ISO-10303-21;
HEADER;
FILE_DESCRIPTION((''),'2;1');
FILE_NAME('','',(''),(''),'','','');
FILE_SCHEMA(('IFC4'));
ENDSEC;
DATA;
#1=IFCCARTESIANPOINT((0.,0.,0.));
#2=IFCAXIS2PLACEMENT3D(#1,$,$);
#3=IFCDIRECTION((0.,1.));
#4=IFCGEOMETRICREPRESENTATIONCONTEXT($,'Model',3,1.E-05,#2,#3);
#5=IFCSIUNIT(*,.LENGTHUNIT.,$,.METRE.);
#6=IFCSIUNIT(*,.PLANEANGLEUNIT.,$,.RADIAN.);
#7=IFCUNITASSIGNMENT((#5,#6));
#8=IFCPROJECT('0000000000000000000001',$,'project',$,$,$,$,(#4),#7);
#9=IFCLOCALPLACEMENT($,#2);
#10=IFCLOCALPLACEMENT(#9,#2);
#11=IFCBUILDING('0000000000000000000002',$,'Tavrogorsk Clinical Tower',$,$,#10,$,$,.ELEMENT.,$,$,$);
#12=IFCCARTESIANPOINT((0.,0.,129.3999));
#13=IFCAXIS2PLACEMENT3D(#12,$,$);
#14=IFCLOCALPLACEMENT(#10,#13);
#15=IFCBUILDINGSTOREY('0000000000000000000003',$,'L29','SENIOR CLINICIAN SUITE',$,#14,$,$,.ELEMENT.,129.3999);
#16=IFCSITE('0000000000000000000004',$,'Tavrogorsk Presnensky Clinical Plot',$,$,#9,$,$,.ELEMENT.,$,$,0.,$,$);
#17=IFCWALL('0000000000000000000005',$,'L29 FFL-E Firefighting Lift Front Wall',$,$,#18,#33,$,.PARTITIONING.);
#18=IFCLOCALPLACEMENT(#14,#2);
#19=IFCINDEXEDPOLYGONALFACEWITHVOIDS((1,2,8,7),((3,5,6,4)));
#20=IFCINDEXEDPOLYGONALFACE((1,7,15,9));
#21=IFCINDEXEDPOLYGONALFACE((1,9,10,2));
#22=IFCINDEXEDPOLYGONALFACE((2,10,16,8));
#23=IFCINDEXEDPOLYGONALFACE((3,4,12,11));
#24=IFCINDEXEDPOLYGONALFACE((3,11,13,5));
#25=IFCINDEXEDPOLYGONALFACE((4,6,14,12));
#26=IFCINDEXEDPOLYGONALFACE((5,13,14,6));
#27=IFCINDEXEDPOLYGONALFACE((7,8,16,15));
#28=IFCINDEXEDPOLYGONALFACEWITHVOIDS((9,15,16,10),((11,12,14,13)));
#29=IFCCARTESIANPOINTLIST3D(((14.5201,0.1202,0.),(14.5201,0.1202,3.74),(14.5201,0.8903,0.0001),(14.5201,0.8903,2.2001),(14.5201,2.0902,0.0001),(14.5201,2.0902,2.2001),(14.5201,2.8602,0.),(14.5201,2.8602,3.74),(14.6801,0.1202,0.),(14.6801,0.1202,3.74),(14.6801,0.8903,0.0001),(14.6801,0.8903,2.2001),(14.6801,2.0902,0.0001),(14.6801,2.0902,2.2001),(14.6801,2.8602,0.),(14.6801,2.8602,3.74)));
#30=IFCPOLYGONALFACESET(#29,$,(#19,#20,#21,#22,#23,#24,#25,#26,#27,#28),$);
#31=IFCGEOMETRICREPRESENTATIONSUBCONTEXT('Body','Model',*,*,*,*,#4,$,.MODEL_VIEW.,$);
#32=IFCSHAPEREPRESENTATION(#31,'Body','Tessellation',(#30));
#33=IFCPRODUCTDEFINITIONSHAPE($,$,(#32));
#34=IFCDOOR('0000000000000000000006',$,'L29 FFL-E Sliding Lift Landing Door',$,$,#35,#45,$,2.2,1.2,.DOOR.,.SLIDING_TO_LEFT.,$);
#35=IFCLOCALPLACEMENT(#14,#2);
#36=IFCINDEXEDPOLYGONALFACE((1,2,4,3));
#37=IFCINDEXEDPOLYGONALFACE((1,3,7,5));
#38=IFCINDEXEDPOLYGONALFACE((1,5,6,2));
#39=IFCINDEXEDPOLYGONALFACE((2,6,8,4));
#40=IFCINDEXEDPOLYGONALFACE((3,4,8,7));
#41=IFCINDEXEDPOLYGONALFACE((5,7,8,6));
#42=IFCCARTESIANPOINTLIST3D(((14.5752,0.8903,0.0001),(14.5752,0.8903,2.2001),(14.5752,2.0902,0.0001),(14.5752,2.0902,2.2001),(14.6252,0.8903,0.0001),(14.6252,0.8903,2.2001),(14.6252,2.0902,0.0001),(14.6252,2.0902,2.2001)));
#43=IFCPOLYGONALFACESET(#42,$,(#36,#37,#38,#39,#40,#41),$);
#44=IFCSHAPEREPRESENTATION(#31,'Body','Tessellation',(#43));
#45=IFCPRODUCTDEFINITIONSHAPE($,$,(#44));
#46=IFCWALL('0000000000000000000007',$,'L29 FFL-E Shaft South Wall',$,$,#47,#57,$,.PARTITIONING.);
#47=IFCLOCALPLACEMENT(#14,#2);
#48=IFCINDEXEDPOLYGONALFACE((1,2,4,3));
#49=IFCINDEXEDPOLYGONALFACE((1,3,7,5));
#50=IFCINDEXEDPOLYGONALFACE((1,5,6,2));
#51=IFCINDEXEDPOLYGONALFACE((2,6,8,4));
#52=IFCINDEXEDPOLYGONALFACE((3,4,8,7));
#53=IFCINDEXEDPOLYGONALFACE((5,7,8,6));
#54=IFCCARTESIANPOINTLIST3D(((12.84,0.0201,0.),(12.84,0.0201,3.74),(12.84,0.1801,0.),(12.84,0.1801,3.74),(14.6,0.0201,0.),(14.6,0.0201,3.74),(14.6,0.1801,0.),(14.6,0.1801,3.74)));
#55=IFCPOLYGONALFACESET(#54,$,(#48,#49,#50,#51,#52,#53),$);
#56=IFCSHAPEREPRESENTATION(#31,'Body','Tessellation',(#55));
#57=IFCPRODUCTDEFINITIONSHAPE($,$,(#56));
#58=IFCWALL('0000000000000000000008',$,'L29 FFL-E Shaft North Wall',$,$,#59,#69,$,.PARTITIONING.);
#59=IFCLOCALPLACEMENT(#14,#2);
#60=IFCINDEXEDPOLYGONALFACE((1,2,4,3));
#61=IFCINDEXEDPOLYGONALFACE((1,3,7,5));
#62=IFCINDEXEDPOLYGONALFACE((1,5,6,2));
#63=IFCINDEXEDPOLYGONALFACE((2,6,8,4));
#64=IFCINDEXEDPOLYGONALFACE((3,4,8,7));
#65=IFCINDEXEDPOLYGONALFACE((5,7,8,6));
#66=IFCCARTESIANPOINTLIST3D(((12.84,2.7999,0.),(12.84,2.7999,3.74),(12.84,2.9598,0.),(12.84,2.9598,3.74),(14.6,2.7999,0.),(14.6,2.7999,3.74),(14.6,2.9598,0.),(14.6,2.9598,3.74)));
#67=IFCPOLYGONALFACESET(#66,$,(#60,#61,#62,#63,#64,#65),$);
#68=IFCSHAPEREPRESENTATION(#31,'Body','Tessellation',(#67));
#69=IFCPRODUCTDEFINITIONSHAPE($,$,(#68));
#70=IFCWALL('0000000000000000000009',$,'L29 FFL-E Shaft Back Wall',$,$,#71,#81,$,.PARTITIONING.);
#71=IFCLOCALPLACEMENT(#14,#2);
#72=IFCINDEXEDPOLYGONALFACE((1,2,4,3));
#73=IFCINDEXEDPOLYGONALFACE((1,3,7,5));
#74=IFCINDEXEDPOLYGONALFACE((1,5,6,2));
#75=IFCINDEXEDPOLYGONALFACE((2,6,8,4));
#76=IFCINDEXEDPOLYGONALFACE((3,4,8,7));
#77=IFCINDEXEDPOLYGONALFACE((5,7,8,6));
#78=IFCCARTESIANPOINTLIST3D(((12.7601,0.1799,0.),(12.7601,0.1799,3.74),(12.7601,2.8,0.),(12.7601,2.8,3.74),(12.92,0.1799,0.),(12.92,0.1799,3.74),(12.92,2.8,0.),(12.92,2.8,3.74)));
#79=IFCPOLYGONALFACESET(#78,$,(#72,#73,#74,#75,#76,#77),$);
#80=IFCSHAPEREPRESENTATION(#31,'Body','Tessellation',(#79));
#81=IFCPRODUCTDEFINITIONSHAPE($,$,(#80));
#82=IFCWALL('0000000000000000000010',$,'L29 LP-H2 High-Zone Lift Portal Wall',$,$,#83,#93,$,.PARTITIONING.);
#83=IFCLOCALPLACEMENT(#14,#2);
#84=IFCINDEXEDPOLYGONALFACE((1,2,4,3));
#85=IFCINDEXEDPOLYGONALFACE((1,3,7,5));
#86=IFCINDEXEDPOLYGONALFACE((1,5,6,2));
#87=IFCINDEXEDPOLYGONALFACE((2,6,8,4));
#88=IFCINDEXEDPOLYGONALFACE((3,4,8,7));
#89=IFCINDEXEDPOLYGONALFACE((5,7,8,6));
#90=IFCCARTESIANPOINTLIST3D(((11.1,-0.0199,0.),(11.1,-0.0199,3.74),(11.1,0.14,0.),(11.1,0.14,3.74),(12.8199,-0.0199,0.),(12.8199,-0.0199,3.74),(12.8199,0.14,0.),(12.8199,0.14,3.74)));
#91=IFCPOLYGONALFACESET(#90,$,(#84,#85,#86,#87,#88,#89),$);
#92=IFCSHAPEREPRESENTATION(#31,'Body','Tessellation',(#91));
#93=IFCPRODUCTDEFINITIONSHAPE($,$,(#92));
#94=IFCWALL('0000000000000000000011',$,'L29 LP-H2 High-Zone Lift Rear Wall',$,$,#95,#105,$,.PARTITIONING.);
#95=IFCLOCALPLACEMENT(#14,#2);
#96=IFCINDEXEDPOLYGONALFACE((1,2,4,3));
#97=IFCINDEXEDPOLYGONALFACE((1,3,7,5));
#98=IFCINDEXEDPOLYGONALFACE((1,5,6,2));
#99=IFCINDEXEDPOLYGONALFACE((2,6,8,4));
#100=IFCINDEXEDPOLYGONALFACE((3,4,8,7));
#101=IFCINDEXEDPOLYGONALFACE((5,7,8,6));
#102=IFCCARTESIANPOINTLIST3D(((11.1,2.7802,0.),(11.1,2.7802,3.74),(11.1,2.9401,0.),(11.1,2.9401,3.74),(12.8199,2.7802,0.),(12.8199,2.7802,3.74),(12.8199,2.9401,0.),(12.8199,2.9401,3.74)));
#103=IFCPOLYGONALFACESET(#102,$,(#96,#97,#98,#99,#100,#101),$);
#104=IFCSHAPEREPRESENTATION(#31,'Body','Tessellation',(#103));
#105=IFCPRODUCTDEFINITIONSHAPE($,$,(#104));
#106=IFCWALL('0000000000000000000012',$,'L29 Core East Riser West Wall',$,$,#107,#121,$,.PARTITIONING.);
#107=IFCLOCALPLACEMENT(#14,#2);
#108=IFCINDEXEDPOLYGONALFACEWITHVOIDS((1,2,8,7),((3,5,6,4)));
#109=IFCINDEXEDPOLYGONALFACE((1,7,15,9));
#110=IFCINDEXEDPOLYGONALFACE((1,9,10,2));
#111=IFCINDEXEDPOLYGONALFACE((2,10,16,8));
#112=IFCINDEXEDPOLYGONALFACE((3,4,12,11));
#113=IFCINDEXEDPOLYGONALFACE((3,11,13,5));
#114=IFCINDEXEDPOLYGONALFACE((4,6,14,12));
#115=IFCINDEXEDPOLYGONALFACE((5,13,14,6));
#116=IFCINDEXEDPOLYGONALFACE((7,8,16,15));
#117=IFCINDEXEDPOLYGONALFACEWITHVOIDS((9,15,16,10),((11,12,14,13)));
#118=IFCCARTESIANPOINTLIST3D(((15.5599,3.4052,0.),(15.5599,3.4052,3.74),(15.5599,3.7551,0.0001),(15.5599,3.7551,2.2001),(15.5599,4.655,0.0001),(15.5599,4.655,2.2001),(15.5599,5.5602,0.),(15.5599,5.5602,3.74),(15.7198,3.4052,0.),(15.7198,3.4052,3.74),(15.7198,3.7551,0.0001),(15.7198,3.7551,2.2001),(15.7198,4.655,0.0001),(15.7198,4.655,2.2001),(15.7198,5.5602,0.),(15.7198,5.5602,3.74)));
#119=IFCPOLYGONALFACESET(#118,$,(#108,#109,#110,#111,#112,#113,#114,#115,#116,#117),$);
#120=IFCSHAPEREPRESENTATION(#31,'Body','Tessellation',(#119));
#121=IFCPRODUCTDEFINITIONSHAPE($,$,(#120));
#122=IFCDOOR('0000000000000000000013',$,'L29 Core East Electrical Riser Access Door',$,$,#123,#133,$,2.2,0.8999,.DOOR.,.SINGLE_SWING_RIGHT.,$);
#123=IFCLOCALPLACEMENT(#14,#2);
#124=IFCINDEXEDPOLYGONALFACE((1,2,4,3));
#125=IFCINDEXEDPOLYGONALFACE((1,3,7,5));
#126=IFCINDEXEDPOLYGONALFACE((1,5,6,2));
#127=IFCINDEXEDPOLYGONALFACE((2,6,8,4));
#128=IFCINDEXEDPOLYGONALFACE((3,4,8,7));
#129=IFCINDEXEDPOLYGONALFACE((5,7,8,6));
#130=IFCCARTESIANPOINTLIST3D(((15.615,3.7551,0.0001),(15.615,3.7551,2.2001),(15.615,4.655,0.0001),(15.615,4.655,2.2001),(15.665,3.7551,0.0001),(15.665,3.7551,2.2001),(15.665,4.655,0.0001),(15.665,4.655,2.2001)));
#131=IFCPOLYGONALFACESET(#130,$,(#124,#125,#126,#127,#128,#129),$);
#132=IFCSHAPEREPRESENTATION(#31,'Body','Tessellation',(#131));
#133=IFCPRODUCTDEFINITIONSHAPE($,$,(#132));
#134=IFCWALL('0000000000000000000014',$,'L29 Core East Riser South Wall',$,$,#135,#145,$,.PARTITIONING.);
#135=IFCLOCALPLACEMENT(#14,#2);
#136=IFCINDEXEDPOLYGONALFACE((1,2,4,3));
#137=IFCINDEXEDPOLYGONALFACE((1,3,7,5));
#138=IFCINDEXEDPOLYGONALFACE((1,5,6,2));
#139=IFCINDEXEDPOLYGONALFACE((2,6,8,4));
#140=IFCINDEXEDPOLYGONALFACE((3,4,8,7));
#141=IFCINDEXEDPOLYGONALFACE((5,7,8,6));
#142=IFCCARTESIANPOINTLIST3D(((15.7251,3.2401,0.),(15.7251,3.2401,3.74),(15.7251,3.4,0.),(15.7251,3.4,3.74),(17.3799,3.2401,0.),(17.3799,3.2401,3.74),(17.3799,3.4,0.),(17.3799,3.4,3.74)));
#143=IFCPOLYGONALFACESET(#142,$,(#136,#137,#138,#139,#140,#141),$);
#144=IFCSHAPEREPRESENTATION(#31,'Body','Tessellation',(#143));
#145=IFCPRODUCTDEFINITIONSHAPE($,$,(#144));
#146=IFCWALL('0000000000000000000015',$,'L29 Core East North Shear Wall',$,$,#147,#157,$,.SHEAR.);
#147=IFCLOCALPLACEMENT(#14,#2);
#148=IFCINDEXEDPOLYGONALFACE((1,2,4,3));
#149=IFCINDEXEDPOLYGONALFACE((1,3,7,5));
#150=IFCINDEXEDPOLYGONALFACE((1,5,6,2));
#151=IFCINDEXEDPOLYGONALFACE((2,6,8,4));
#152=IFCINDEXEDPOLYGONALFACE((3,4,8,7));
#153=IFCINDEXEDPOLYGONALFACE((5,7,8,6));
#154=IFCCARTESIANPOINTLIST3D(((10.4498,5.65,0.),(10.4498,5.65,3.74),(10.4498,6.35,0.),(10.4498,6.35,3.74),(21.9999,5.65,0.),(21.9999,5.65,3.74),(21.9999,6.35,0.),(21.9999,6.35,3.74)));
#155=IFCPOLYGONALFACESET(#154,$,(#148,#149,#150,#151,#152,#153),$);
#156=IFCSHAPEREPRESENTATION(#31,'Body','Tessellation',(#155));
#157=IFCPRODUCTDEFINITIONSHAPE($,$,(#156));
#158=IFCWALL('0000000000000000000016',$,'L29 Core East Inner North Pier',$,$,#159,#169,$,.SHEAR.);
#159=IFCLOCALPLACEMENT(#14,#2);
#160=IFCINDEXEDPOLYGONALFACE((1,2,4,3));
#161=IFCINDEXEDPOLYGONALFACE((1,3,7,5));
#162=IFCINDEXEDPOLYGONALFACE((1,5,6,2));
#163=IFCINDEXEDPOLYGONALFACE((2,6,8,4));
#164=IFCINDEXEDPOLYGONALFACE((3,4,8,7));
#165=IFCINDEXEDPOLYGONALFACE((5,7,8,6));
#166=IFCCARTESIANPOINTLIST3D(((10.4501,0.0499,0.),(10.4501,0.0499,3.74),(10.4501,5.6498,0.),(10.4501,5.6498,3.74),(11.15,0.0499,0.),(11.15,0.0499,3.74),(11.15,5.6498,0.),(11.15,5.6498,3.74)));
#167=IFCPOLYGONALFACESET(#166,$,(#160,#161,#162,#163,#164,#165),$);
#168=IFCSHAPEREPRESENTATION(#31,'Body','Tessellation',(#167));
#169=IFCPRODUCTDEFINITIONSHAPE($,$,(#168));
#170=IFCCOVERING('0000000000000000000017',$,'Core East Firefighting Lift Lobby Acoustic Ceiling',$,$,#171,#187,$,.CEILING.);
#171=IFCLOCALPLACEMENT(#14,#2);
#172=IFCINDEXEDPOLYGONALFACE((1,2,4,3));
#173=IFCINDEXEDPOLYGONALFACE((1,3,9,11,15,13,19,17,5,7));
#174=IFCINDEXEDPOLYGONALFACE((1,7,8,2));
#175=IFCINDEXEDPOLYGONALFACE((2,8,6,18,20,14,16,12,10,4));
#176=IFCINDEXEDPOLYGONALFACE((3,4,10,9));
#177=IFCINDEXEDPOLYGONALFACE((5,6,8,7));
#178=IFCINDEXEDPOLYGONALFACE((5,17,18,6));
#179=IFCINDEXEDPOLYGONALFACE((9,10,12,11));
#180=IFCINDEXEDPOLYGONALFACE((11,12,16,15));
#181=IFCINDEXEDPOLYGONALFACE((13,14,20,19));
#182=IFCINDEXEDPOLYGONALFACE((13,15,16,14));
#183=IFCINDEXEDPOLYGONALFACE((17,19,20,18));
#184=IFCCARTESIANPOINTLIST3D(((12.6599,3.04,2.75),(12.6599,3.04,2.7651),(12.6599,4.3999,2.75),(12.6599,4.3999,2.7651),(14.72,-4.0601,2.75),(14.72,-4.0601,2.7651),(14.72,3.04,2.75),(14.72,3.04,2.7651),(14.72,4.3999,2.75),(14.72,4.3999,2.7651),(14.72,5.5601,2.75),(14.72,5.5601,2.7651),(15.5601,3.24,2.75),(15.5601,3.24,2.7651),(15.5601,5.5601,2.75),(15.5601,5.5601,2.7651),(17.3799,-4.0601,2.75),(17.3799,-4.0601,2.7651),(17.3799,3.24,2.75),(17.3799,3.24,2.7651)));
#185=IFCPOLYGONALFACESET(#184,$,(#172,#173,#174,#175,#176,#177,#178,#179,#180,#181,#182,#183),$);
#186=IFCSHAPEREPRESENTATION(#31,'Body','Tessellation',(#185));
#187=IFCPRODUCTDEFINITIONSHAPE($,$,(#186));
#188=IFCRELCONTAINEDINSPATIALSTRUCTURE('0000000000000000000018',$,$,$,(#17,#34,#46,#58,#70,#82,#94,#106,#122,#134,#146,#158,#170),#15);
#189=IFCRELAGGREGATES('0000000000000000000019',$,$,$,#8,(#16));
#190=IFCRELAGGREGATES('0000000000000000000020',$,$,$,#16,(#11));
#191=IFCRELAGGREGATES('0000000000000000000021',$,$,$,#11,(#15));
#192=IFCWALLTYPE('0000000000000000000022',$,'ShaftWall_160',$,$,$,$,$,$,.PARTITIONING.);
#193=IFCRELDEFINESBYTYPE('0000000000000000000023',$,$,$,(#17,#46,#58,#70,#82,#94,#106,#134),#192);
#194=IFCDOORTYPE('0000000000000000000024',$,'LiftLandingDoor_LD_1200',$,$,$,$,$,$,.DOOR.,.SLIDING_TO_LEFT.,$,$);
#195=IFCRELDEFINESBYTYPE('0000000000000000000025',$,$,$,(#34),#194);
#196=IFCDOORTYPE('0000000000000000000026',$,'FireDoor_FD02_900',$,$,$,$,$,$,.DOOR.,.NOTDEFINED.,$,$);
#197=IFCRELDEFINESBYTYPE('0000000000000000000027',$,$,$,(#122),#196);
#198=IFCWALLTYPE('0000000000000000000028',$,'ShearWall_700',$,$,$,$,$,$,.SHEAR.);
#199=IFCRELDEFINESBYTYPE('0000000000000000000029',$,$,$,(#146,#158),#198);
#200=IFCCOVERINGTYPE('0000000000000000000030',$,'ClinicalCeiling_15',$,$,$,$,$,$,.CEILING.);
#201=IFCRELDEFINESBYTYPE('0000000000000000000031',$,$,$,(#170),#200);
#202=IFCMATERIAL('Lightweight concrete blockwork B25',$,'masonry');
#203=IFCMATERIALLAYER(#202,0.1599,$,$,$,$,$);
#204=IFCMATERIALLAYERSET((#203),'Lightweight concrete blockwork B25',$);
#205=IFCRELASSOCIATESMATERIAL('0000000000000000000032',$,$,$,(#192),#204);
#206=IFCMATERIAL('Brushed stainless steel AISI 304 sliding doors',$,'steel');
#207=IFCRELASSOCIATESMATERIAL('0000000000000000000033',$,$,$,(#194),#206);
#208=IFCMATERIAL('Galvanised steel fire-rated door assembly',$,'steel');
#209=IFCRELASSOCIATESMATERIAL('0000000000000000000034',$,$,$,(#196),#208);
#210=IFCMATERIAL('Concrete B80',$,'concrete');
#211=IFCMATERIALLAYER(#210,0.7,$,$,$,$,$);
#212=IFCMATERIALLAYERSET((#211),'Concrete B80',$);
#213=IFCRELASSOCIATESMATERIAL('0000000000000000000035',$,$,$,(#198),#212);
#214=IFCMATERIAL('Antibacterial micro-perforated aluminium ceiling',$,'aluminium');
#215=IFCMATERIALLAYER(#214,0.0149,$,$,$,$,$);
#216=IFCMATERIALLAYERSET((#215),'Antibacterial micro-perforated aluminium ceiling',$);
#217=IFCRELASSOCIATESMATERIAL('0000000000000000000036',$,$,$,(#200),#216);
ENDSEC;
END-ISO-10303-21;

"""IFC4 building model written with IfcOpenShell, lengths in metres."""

from ifc_helpers import new_model, si_unit, direction, frame, frame_2d, origin, place, context, subcontext, project, spatial, polyline, rectangle, outline, extrude, material, layer, layer_set, type_object, element, fill, save


model = new_model("IFC4")

# Units and contexts
model_context = context("Model", 3, precision=1e-05, world=origin(), true_north=direction((0.0, 1.0)))
body_context = subcontext(model_context, "Body", "Model", "MODEL_VIEW")
ifc_project = project(units=[si_unit("LENGTHUNIT", "METRE"), si_unit("PLANEANGLEUNIT", "RADIAN")], contexts=[model_context])

# Site, building, storey
site_placement = place(None, origin())
site = spatial("IfcSite", under=ifc_project, at=site_placement, Name="Tavrogorsk Presnensky Clinical Plot", CompositionType="ELEMENT", RefElevation=0.0)
building_placement = place(site_placement, origin())
building = spatial("IfcBuilding", under=site, at=building_placement, Name="Tavrogorsk Clinical Tower", CompositionType="ELEMENT")
storey_placement = place(building_placement, frame((0.0, 0.0, 129.3999)))
storey = spatial("IfcBuildingStorey", under=building, at=storey_placement, Name="L29", Description="SENIOR CLINICIAN SUITE", CompositionType="ELEMENT", Elevation=129.3999)

# Wall, opening, door
ifc_material_1 = material(Name="Lightweight concrete blockwork B25", Category="masonry")
ifc_layer_1 = layer(ifc_material_1, 0.1599)
ifc_layer_set_1 = layer_set([ifc_layer_1], Name="Lightweight concrete blockwork B25")
wall_type_1 = type_object("IfcWallType", Name="ShaftWall_160", PredefinedType="PARTITIONING", material=ifc_layer_set_1)
wall_1_placement = place(storey_placement, frame((14.6001, 0.1201, 0.0), z_axis=(0.0, 0.0, 1.0), x_axis=(0.0, 1.0, 0.0)))
wall_1 = element("IfcWall", 1, at=wall_1_placement, inside=storey, type_object=wall_type_1, Name="L29 FFL-E Firefighting Lift Front Wall", PredefinedType="PARTITIONING", context=body_context, shape_type="SweptSolid", body=[
    extrude(rectangle(XDim=2.74, YDim=0.1599, at=frame_2d((1.3701, 0.0))), origin(), (0.0, 0.0, 1.0), 3.74),
])
opening_1_placement = place(wall_1_placement, frame((0.77, 0.0, 0.0)))
opening_1 = element("IfcOpeningElement", 2, at=opening_1_placement, cuts=wall_1, PredefinedType="OPENING", context=body_context, shape_type="SweptSolid", body=[
    extrude(rectangle(XDim=1.2, YDim=2.2, at=frame_2d((0.6001, 1.1001))), frame((0.0, 0.0898, 0.0), z_axis=(0.0, -1.0, 0.0), x_axis=(1.0, 0.0, 0.0)), (0.0, 0.0, 1.0), 0.1799),
])
ifc_material_2 = material(Name="Brushed stainless steel AISI 304 sliding doors", Category="steel")
door_type_1 = type_object("IfcDoorType", Name="LiftLandingDoor_LD_1200", OperationType="SLIDING_TO_LEFT", PredefinedType="DOOR", material=ifc_material_2)
door_1_placement = place(opening_1_placement, origin())
door_1 = element("IfcDoor", 3, at=door_1_placement, inside=storey, type_object=door_type_1, Name="L29 FFL-E Sliding Lift Landing Door", OperationType="SLIDING_TO_LEFT", OverallHeight=2.2, OverallWidth=1.2, PredefinedType="DOOR", context=body_context, shape_type="SweptSolid", body=[
    extrude(rectangle(XDim=1.2, YDim=2.2, at=frame_2d((0.6001, 1.1001))), frame((0.0, 0.0249, 0.0), z_axis=(0.0, -1.0, 0.0), x_axis=(1.0, 0.0, 0.0)), (0.0, 0.0, 1.0), 0.05),
])
fill(opening_1, door_1)

# Walls
for number, where, z_axis, x_axis, name in (
    (4, (12.8401, 0.1001, 0.0), (0.0, 0.0, 1.0), (1.0, 0.0, 0.0), "L29 FFL-E Shaft South Wall"),
    (5, (12.8401, 2.8799, 0.0), (0.0, 0.0, 1.0), (1.0, 0.0, 0.0), "L29 FFL-E Shaft North Wall"),
):
    element("IfcWall", number, at=place(storey_placement, frame(where, z_axis=z_axis, x_axis=x_axis)), inside=storey, type_object=wall_type_1, Name=name, PredefinedType="PARTITIONING", context=body_context, shape_type="SweptSolid", body=[
        extrude(rectangle(XDim=1.76, YDim=0.1599, at=frame_2d((0.8799, 0.0))), origin(), (0.0, 0.0, 1.0), 3.74),
    ])
wall_2_placement = place(storey_placement, frame((12.8401, 0.1799, 0.0), z_axis=(0.0, 0.0, 1.0), x_axis=(0.0, 1.0, 0.0)))
element("IfcWall", 6, at=wall_2_placement, inside=storey, type_object=wall_type_1, Name="L29 FFL-E Shaft Back Wall", PredefinedType="PARTITIONING", context=body_context, shape_type="SweptSolid", body=[
    extrude(rectangle(XDim=2.6201, YDim=0.1599, at=frame_2d((1.3101, 0.0))), origin(), (0.0, 0.0, 1.0), 3.74),
])
for number, where, z_axis, x_axis, name in (
    (7, (11.1001, 0.0601, 0.0), (0.0, 0.0, 1.0), (1.0, 0.0, 0.0), "L29 LP-H2 High-Zone Lift Portal Wall"),
    (8, (11.1001, 2.8601, 0.0), (0.0, 0.0, 1.0), (1.0, 0.0, 0.0), "L29 LP-H2 High-Zone Lift Rear Wall"),
):
    element("IfcWall", number, at=place(storey_placement, frame(where, z_axis=z_axis, x_axis=x_axis)), inside=storey, type_object=wall_type_1, Name=name, PredefinedType="PARTITIONING", context=body_context, shape_type="SweptSolid", body=[
        extrude(rectangle(XDim=1.72, YDim=0.1599, at=frame_2d((0.8599, 0.0))), origin(), (0.0, 0.0, 1.0), 3.74),
    ])

# Wall, opening, door
wall_3_placement = place(storey_placement, frame((15.6399, 3.405, 0.0), z_axis=(0.0, 0.0, 1.0), x_axis=(0.0, 1.0, 0.0)))
wall_3 = element("IfcWall", 9, at=wall_3_placement, inside=storey, type_object=wall_type_1, Name="L29 Core East Riser West Wall", PredefinedType="PARTITIONING", context=body_context, shape_type="SweptSolid", body=[
    extrude(rectangle(XDim=2.155, YDim=0.1599, at=frame_2d((1.0776, 0.0))), origin(), (0.0, 0.0, 1.0), 3.74),
])
opening_2_placement = place(wall_3_placement, frame((0.3501, 0.0, 0.0)))
opening_2 = element("IfcOpeningElement", 10, at=opening_2_placement, cuts=wall_3, PredefinedType="OPENING", context=body_context, shape_type="SweptSolid", body=[
    extrude(rectangle(XDim=0.8999, YDim=2.2, at=frame_2d((0.45, 1.1001))), frame((0.0, 0.0898, 0.0), z_axis=(0.0, -1.0, 0.0), x_axis=(1.0, 0.0, 0.0)), (0.0, 0.0, 1.0), 0.1799),
])
ifc_material_3 = material(Name="Galvanised steel fire-rated door assembly", Category="steel")
door_type_2 = type_object("IfcDoorType", Name="FireDoor_FD02_900", OperationType="NOTDEFINED", PredefinedType="DOOR", material=ifc_material_3)
door_2_placement = place(opening_2_placement, origin())
door_2 = element("IfcDoor", 11, at=door_2_placement, inside=storey, type_object=door_type_2, Name="L29 Core East Electrical Riser Access Door", OperationType="SINGLE_SWING_RIGHT", OverallHeight=2.2, OverallWidth=0.8999, PredefinedType="DOOR", context=body_context, shape_type="SweptSolid", body=[
    extrude(rectangle(XDim=0.8999, YDim=2.2, at=frame_2d((0.45, 1.1001))), frame((0.0, 0.0249, 0.0), z_axis=(0.0, -1.0, 0.0), x_axis=(1.0, 0.0, 0.0)), (0.0, 0.0, 1.0), 0.05),
])
fill(opening_2, door_2)

# Walls
wall_4_placement = place(storey_placement, frame((15.7251, 3.3201, 0.0), z_axis=(0.0, 0.0, 1.0), x_axis=(1.0, 0.0, 0.0)))
element("IfcWall", 12, at=wall_4_placement, inside=storey, type_object=wall_type_1, Name="L29 Core East Riser South Wall", PredefinedType="PARTITIONING", context=body_context, shape_type="SweptSolid", body=[
    extrude(rectangle(XDim=1.6548, YDim=0.1599, at=frame_2d((0.8274, 0.0))), origin(), (0.0, 0.0, 1.0), 3.74),
])
ifc_material_4 = material(Name="Concrete B80", Category="concrete")
ifc_layer_2 = layer(ifc_material_4, 0.7)
ifc_layer_set_2 = layer_set([ifc_layer_2], Name="Concrete B80")
wall_type_2 = type_object("IfcWallType", Name="ShearWall_700", PredefinedType="SHEAR", material=ifc_layer_set_2)
wall_5_placement = place(storey_placement, frame((10.45, 6.0, 0.0), z_axis=(0.0, 0.0, 1.0), x_axis=(1.0, 0.0, 0.0)))
element("IfcWall", 13, at=wall_5_placement, inside=storey, type_object=wall_type_2, Name="L29 Core East North Shear Wall", PredefinedType="SHEAR", context=body_context, shape_type="SweptSolid", body=[
    extrude(rectangle(XDim=11.55, YDim=0.7, at=frame_2d((5.7749, 0.0))), origin(), (0.0, 0.0, 1.0), 3.74),
])
wall_6_placement = place(storey_placement, frame((10.8, 0.05, 0.0), z_axis=(0.0, 0.0, 1.0), x_axis=(0.0, 1.0, 0.0)))
element("IfcWall", 14, at=wall_6_placement, inside=storey, type_object=wall_type_2, Name="L29 Core East Inner North Pier", PredefinedType="SHEAR", context=body_context, shape_type="SweptSolid", body=[
    extrude(rectangle(XDim=5.5999, YDim=0.7, at=frame_2d((2.7998, 0.0))), origin(), (0.0, 0.0, 1.0), 3.74),
])

# Covering
ifc_material_5 = material(Name="Antibacterial micro-perforated aluminium ceiling", Category="aluminium")
ifc_layer_3 = layer(ifc_material_5, 0.0149)
ifc_layer_set_3 = layer_set([ifc_layer_3], Name="Antibacterial micro-perforated aluminium ceiling")
covering_type_1 = type_object("IfcCoveringType", Name="ClinicalCeiling_15", PredefinedType="CEILING", material=ifc_layer_set_3)
covering_1_placement = place(storey_placement, frame((0.0, 0.0, 2.75)))
element("IfcCovering", 15, at=covering_1_placement, inside=storey, type_object=covering_type_1, Name="Core East Firefighting Lift Lobby Acoustic Ceiling", PredefinedType="CEILING", context=body_context, shape_type="SweptSolid", body=[
    extrude(outline(polyline([(14.72, 3.04), (12.6599, 3.04), (12.6599, 4.3999), (14.72, 4.3999), (14.72, 5.5601), (15.5601, 5.5601), (15.5601, 3.24), (17.3799, 3.24), (17.3799, -4.0601), (14.72, -4.0601), (14.72, 3.04)])), origin(), (0.0, 0.0, 1.0), 0.0151),
])

save(model, "model.ifc")
